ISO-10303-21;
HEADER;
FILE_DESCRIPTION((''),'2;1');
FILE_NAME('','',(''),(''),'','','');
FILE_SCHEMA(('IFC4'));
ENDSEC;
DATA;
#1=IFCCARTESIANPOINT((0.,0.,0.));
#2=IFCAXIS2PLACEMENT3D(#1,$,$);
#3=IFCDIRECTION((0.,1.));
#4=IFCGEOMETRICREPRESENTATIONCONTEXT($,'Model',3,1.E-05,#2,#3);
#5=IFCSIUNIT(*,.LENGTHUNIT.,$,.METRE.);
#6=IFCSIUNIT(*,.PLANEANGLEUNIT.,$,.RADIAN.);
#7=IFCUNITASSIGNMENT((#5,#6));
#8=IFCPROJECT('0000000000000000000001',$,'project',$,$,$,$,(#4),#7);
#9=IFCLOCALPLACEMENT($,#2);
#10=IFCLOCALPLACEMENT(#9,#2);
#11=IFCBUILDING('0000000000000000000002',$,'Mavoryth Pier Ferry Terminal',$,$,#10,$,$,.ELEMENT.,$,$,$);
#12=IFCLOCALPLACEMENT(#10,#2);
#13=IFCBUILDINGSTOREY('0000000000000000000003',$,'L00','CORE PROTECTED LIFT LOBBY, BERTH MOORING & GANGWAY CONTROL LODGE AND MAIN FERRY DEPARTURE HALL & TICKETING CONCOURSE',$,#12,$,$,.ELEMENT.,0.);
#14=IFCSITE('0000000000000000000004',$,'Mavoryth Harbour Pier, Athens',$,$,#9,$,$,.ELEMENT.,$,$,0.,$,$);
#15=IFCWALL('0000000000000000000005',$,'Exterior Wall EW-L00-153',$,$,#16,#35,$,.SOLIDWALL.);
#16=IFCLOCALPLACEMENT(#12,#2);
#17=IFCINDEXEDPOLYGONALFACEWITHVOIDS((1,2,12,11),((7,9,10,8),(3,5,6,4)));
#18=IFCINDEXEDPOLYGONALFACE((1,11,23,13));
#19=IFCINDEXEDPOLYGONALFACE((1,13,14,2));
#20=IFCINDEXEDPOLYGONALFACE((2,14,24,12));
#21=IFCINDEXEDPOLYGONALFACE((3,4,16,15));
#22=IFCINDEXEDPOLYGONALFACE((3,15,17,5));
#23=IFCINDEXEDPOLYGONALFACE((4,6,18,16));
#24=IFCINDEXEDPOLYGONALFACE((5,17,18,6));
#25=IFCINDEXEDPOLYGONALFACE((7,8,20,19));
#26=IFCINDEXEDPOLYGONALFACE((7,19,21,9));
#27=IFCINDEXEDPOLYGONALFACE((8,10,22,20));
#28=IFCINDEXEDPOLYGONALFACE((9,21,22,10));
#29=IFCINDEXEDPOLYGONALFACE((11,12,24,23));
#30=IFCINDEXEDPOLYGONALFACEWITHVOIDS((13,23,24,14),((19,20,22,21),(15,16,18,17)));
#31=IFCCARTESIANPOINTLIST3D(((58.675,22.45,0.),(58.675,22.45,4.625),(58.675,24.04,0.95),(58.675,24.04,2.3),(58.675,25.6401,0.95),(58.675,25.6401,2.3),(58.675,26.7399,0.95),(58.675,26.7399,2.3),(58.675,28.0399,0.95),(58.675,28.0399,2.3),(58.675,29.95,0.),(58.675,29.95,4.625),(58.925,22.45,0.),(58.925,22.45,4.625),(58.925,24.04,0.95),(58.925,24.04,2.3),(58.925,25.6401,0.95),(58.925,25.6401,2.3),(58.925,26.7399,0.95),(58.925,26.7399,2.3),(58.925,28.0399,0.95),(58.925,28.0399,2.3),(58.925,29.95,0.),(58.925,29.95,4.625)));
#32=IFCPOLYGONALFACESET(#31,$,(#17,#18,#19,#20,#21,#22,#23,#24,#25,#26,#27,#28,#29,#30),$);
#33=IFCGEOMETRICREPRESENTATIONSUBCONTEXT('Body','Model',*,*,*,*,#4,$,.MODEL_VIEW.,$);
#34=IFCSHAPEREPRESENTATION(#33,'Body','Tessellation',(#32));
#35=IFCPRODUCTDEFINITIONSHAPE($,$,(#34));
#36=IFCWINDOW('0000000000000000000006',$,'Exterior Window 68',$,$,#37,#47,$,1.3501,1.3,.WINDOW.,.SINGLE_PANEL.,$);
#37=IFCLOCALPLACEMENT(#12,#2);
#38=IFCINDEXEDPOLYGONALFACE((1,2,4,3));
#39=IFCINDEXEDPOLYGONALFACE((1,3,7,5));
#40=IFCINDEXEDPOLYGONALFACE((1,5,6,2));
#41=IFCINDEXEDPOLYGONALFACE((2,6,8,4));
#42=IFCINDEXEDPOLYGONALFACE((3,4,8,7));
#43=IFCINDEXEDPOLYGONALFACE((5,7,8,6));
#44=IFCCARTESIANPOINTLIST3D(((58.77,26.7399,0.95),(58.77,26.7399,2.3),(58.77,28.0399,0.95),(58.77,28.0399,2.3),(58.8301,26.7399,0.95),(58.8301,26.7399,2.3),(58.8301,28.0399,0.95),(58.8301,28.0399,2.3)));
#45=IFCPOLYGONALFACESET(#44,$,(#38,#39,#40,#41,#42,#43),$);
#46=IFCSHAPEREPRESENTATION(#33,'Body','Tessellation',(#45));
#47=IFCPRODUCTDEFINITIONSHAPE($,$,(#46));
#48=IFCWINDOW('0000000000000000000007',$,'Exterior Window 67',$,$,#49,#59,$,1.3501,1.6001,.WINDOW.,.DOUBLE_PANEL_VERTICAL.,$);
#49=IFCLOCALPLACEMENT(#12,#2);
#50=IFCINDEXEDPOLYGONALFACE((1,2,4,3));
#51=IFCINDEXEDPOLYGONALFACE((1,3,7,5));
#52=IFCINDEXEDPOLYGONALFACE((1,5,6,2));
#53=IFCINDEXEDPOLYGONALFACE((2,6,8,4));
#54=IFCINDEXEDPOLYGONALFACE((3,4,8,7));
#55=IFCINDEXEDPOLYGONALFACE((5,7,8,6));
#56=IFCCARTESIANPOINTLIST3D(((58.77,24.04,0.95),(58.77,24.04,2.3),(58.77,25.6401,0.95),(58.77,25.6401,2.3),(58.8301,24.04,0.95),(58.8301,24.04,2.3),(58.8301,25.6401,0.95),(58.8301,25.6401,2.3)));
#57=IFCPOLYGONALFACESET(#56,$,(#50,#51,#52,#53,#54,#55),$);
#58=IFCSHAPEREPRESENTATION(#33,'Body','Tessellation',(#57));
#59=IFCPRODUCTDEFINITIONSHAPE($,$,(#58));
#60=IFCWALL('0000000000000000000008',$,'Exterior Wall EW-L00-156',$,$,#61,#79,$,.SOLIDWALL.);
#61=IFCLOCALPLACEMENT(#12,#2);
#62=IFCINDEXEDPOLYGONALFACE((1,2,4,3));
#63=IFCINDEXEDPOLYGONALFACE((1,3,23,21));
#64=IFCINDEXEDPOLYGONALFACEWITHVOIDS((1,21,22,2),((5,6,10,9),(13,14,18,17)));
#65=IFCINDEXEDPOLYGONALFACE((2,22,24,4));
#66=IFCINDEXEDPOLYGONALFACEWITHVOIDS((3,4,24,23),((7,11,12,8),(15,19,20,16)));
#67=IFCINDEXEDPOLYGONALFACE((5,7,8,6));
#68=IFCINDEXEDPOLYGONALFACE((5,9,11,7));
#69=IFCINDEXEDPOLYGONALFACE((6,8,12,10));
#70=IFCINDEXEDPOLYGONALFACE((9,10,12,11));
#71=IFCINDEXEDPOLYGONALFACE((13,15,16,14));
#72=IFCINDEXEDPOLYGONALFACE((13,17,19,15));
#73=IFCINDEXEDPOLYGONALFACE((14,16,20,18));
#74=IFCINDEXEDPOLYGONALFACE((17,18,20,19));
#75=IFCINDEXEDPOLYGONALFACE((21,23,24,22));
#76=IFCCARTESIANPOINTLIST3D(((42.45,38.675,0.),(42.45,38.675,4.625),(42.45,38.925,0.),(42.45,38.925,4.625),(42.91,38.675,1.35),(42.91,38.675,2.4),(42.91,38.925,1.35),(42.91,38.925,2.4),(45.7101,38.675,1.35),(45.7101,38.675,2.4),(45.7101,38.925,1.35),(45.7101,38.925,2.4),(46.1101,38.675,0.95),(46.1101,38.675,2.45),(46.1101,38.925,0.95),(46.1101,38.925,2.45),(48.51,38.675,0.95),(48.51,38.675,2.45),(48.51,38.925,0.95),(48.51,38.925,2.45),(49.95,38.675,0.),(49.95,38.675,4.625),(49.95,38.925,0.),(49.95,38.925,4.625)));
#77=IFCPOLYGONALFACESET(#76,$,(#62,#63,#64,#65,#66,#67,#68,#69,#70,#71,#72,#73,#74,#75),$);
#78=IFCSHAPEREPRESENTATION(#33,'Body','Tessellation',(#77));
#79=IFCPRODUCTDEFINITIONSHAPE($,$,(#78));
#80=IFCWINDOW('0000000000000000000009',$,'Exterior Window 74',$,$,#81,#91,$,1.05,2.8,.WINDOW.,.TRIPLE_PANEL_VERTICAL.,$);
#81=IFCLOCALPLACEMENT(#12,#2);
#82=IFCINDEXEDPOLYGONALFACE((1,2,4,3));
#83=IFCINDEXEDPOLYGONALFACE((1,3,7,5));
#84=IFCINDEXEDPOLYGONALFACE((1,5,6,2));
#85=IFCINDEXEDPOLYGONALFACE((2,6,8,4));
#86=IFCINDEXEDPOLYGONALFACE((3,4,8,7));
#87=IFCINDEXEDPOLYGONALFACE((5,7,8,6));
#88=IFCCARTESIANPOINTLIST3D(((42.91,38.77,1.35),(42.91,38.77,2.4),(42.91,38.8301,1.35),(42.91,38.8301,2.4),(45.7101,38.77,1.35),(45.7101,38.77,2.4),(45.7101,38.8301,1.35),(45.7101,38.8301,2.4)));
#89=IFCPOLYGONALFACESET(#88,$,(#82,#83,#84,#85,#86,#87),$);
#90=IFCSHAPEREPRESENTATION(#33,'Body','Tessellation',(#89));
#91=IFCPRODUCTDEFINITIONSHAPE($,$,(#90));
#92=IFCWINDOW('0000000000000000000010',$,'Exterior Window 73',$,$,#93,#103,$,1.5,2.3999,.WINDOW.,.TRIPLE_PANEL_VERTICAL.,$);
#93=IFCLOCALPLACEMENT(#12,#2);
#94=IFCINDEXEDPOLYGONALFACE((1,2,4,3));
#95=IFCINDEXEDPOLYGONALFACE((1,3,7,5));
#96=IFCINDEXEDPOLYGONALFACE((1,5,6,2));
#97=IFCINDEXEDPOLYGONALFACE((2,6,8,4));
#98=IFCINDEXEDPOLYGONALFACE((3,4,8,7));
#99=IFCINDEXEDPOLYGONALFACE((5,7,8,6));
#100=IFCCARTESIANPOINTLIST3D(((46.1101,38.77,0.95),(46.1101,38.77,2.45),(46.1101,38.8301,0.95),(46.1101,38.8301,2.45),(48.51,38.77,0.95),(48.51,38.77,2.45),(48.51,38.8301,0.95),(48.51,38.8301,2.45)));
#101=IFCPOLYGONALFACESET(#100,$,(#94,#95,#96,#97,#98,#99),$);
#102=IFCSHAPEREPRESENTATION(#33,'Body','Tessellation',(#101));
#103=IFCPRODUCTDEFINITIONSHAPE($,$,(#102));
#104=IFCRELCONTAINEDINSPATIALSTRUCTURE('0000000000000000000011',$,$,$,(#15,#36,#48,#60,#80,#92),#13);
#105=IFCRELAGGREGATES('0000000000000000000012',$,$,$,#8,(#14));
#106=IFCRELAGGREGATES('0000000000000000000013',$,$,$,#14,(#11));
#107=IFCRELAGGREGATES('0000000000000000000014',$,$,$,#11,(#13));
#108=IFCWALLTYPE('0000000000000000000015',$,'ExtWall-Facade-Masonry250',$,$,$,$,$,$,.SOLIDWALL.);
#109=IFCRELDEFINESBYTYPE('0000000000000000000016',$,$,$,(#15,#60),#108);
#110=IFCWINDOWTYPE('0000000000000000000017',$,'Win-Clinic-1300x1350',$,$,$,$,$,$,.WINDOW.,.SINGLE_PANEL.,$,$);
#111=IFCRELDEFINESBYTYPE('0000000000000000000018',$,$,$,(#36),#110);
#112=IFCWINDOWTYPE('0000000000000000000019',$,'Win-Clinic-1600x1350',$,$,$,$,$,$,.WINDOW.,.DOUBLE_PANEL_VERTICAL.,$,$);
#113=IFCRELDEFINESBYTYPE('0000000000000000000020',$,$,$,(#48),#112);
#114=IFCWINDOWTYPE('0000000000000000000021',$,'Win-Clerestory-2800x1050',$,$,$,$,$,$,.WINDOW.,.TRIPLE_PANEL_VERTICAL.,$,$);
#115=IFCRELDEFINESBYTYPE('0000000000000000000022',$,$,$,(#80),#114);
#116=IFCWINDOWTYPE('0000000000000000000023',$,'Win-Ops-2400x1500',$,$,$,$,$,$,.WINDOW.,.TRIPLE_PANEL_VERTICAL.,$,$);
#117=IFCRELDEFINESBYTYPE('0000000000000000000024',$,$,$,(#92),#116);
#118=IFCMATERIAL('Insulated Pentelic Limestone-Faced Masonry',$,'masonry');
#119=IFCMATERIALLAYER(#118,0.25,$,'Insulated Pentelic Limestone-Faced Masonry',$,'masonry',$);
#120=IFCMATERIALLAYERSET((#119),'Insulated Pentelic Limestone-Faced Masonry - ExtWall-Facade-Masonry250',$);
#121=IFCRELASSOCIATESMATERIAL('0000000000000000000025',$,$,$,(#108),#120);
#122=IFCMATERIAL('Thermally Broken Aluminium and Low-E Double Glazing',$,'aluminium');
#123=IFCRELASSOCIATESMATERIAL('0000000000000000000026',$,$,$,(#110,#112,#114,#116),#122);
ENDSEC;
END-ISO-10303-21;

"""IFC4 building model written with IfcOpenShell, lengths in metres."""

from ifc_helpers import new_model, si_unit, direction, frame, frame_2d, origin, place, context, subcontext, project, spatial, rectangle, extrude, material, layer, layer_set, type_object, element, fill, save


model = new_model("IFC4")

# Units and contexts
model_context = context("Model", 3, precision=1e-05, world=origin(), true_north=direction((0.0, 1.0)))
body_context = subcontext(model_context, "Body", "Model", "MODEL_VIEW")
ifc_project = project(units=[si_unit("LENGTHUNIT", "METRE"), si_unit("PLANEANGLEUNIT", "RADIAN")], contexts=[model_context])

# Site, building, storey
site_placement = place(None, origin())
site = spatial("IfcSite", under=ifc_project, at=site_placement, Name="Mavoryth Harbour Pier, Athens", CompositionType="ELEMENT", RefElevation=0.0)
building_placement = place(site_placement, origin())
building = spatial("IfcBuilding", under=site, at=building_placement, Name="Mavoryth Pier Ferry Terminal", CompositionType="ELEMENT")
storey_placement = place(building_placement, origin())
storey = spatial("IfcBuildingStorey", under=building, at=storey_placement, Name="L00", Description="CORE PROTECTED LIFT LOBBY, BERTH MOORING & GANGWAY CONTROL LODGE AND MAIN FERRY DEPARTURE HALL & TICKETING CONCOURSE", CompositionType="ELEMENT", Elevation=0.0)

# Walls, openings, windows
ifc_material_1 = material(Name="Insulated Pentelic Limestone-Faced Masonry", Category="masonry")
ifc_layer = layer(ifc_material_1, 0.25, Name="Insulated Pentelic Limestone-Faced Masonry", Category="masonry")
ifc_layer_set = layer_set([ifc_layer], Name="Insulated Pentelic Limestone-Faced Masonry - ExtWall-Facade-Masonry250")
wall_type = type_object("IfcWallType", Name="ExtWall-Facade-Masonry250", PredefinedType="SOLIDWALL", material=ifc_layer_set)
wall_1_placement = place(storey_placement, frame((58.8, 22.45, 0.0), z_axis=(0.0, 0.0, 1.0), x_axis=(0.0, 1.0, 0.0)))
wall_1 = element("IfcWall", 1, at=wall_1_placement, inside=storey, type_object=wall_type, Name="Exterior Wall EW-L00-153", PredefinedType="SOLIDWALL", context=body_context, shape_type="SweptSolid", body=[
    extrude(rectangle(XDim=7.5, YDim=0.25, at=frame_2d((3.75, 0.0))), origin(), (0.0, 0.0, 1.0), 4.625),
])
opening_1_placement = place(wall_1_placement, frame((1.5901, 0.0, 0.95)))
opening_1 = element("IfcOpeningElement", 2, at=opening_1_placement, cuts=wall_1, PredefinedType="OPENING", context=body_context, shape_type="SweptSolid", body=[
    extrude(rectangle(XDim=1.6001, YDim=1.3501, at=frame_2d((0.8, 0.675))), frame((0.0, 0.135, 0.0), z_axis=(0.0, -1.0, 0.0), x_axis=(1.0, 0.0, 0.0)), (0.0, 0.0, 1.0), 0.27),
])
opening_2_placement = place(wall_1_placement, frame((4.29, 0.0, 0.95)))
opening_2 = element("IfcOpeningElement", 3, at=opening_2_placement, cuts=wall_1, PredefinedType="OPENING", context=body_context, shape_type="SweptSolid", body=[
    extrude(rectangle(XDim=1.3, YDim=1.3501, at=frame_2d((0.6499, 0.675))), frame((0.0, 0.135, 0.0), z_axis=(0.0, -1.0, 0.0), x_axis=(1.0, 0.0, 0.0)), (0.0, 0.0, 1.0), 0.27),
])
ifc_material_2 = material(Name="Thermally Broken Aluminium and Low-E Double Glazing", Category="aluminium")
window_type_1 = type_object("IfcWindowType", Name="Win-Clinic-1300x1350", PartitioningType="SINGLE_PANEL", PredefinedType="WINDOW", material=ifc_material_2)
window_1_placement = place(opening_2_placement, origin())
window_1 = element("IfcWindow", 4, at=window_1_placement, inside=storey, type_object=window_type_1, Name="Exterior Window 68", OverallHeight=1.3501, OverallWidth=1.3, PartitioningType="SINGLE_PANEL", PredefinedType="WINDOW", context=body_context, shape_type="SweptSolid", body=[
    extrude(rectangle(XDim=1.3, YDim=1.3501, at=frame_2d((0.6499, 0.675))), frame((0.0, 0.03, 0.0), z_axis=(0.0, -1.0, 0.0), x_axis=(1.0, 0.0, 0.0)), (0.0, 0.0, 1.0), 0.0601),
])
fill(opening_2, window_1)
window_type_2 = type_object("IfcWindowType", Name="Win-Clinic-1600x1350", PartitioningType="DOUBLE_PANEL_VERTICAL", PredefinedType="WINDOW", material=ifc_material_2)
window_2_placement = place(opening_1_placement, origin())
window_2 = element("IfcWindow", 5, at=window_2_placement, inside=storey, type_object=window_type_2, Name="Exterior Window 67", OverallHeight=1.3501, OverallWidth=1.6001, PartitioningType="DOUBLE_PANEL_VERTICAL", PredefinedType="WINDOW", context=body_context, shape_type="SweptSolid", body=[
    extrude(rectangle(XDim=1.6001, YDim=1.3501, at=frame_2d((0.8, 0.675))), frame((0.0, 0.03, 0.0), z_axis=(0.0, -1.0, 0.0), x_axis=(1.0, 0.0, 0.0)), (0.0, 0.0, 1.0), 0.0601),
])
fill(opening_1, window_2)
wall_2_placement = place(storey_placement, frame((49.95, 38.8, 0.0), z_axis=(0.0, 0.0, 1.0), x_axis=(-1.0, 0.0, 0.0)))
wall_2 = element("IfcWall", 6, at=wall_2_placement, inside=storey, type_object=wall_type, Name="Exterior Wall EW-L00-156", PredefinedType="SOLIDWALL", context=body_context, shape_type="SweptSolid", body=[
    extrude(rectangle(XDim=7.5, YDim=0.25, at=frame_2d((3.75, 0.0))), origin(), (0.0, 0.0, 1.0), 4.625),
])
opening_3_placement = place(wall_2_placement, frame((1.4399, 0.0, 0.95)))
opening_3 = element("IfcOpeningElement", 7, at=opening_3_placement, cuts=wall_2, PredefinedType="OPENING", context=body_context, shape_type="SweptSolid", body=[
    extrude(rectangle(XDim=2.3999, YDim=1.5, at=frame_2d((1.2, 0.75))), frame((0.0, 0.135, 0.0), z_axis=(0.0, -1.0, 0.0), x_axis=(1.0, 0.0, 0.0)), (0.0, 0.0, 1.0), 0.27),
])
opening_4_placement = place(wall_2_placement, frame((4.24, 0.0, 1.3501)))
opening_4 = element("IfcOpeningElement", 8, at=opening_4_placement, cuts=wall_2, PredefinedType="OPENING", context=body_context, shape_type="SweptSolid", body=[
    extrude(rectangle(XDim=2.8, YDim=1.05, at=frame_2d((1.3999, 0.5249))), frame((0.0, 0.135, 0.0), z_axis=(0.0, -1.0, 0.0), x_axis=(1.0, 0.0, 0.0)), (0.0, 0.0, 1.0), 0.27),
])
window_type_3 = type_object("IfcWindowType", Name="Win-Clerestory-2800x1050", PartitioningType="TRIPLE_PANEL_VERTICAL", PredefinedType="WINDOW", material=ifc_material_2)
window_3_placement = place(opening_4_placement, origin())
window_3 = element("IfcWindow", 9, at=window_3_placement, inside=storey, type_object=window_type_3, Name="Exterior Window 74", OverallHeight=1.05, OverallWidth=2.8, PartitioningType="TRIPLE_PANEL_VERTICAL", PredefinedType="WINDOW", context=body_context, shape_type="SweptSolid", body=[
    extrude(rectangle(XDim=2.8, YDim=1.05, at=frame_2d((1.3999, 0.5249))), frame((0.0, 0.03, 0.0), z_axis=(0.0, -1.0, 0.0), x_axis=(1.0, 0.0, 0.0)), (0.0, 0.0, 1.0), 0.0601),
])
fill(opening_4, window_3)
window_type_4 = type_object("IfcWindowType", Name="Win-Ops-2400x1500", PartitioningType="TRIPLE_PANEL_VERTICAL", PredefinedType="WINDOW", material=ifc_material_2)
window_4_placement = place(opening_3_placement, origin())
window_4 = element("IfcWindow", 10, at=window_4_placement, inside=storey, type_object=window_type_4, Name="Exterior Window 73", OverallHeight=1.5, OverallWidth=2.3999, PartitioningType="TRIPLE_PANEL_VERTICAL", PredefinedType="WINDOW", context=body_context, shape_type="SweptSolid", body=[
    extrude(rectangle(XDim=2.3999, YDim=1.5, at=frame_2d((1.2, 0.75))), frame((0.0, 0.03, 0.0), z_axis=(0.0, -1.0, 0.0), x_axis=(1.0, 0.0, 0.0)), (0.0, 0.0, 1.0), 0.0601),
])
fill(opening_3, window_4)

save(model, "model.ifc")
